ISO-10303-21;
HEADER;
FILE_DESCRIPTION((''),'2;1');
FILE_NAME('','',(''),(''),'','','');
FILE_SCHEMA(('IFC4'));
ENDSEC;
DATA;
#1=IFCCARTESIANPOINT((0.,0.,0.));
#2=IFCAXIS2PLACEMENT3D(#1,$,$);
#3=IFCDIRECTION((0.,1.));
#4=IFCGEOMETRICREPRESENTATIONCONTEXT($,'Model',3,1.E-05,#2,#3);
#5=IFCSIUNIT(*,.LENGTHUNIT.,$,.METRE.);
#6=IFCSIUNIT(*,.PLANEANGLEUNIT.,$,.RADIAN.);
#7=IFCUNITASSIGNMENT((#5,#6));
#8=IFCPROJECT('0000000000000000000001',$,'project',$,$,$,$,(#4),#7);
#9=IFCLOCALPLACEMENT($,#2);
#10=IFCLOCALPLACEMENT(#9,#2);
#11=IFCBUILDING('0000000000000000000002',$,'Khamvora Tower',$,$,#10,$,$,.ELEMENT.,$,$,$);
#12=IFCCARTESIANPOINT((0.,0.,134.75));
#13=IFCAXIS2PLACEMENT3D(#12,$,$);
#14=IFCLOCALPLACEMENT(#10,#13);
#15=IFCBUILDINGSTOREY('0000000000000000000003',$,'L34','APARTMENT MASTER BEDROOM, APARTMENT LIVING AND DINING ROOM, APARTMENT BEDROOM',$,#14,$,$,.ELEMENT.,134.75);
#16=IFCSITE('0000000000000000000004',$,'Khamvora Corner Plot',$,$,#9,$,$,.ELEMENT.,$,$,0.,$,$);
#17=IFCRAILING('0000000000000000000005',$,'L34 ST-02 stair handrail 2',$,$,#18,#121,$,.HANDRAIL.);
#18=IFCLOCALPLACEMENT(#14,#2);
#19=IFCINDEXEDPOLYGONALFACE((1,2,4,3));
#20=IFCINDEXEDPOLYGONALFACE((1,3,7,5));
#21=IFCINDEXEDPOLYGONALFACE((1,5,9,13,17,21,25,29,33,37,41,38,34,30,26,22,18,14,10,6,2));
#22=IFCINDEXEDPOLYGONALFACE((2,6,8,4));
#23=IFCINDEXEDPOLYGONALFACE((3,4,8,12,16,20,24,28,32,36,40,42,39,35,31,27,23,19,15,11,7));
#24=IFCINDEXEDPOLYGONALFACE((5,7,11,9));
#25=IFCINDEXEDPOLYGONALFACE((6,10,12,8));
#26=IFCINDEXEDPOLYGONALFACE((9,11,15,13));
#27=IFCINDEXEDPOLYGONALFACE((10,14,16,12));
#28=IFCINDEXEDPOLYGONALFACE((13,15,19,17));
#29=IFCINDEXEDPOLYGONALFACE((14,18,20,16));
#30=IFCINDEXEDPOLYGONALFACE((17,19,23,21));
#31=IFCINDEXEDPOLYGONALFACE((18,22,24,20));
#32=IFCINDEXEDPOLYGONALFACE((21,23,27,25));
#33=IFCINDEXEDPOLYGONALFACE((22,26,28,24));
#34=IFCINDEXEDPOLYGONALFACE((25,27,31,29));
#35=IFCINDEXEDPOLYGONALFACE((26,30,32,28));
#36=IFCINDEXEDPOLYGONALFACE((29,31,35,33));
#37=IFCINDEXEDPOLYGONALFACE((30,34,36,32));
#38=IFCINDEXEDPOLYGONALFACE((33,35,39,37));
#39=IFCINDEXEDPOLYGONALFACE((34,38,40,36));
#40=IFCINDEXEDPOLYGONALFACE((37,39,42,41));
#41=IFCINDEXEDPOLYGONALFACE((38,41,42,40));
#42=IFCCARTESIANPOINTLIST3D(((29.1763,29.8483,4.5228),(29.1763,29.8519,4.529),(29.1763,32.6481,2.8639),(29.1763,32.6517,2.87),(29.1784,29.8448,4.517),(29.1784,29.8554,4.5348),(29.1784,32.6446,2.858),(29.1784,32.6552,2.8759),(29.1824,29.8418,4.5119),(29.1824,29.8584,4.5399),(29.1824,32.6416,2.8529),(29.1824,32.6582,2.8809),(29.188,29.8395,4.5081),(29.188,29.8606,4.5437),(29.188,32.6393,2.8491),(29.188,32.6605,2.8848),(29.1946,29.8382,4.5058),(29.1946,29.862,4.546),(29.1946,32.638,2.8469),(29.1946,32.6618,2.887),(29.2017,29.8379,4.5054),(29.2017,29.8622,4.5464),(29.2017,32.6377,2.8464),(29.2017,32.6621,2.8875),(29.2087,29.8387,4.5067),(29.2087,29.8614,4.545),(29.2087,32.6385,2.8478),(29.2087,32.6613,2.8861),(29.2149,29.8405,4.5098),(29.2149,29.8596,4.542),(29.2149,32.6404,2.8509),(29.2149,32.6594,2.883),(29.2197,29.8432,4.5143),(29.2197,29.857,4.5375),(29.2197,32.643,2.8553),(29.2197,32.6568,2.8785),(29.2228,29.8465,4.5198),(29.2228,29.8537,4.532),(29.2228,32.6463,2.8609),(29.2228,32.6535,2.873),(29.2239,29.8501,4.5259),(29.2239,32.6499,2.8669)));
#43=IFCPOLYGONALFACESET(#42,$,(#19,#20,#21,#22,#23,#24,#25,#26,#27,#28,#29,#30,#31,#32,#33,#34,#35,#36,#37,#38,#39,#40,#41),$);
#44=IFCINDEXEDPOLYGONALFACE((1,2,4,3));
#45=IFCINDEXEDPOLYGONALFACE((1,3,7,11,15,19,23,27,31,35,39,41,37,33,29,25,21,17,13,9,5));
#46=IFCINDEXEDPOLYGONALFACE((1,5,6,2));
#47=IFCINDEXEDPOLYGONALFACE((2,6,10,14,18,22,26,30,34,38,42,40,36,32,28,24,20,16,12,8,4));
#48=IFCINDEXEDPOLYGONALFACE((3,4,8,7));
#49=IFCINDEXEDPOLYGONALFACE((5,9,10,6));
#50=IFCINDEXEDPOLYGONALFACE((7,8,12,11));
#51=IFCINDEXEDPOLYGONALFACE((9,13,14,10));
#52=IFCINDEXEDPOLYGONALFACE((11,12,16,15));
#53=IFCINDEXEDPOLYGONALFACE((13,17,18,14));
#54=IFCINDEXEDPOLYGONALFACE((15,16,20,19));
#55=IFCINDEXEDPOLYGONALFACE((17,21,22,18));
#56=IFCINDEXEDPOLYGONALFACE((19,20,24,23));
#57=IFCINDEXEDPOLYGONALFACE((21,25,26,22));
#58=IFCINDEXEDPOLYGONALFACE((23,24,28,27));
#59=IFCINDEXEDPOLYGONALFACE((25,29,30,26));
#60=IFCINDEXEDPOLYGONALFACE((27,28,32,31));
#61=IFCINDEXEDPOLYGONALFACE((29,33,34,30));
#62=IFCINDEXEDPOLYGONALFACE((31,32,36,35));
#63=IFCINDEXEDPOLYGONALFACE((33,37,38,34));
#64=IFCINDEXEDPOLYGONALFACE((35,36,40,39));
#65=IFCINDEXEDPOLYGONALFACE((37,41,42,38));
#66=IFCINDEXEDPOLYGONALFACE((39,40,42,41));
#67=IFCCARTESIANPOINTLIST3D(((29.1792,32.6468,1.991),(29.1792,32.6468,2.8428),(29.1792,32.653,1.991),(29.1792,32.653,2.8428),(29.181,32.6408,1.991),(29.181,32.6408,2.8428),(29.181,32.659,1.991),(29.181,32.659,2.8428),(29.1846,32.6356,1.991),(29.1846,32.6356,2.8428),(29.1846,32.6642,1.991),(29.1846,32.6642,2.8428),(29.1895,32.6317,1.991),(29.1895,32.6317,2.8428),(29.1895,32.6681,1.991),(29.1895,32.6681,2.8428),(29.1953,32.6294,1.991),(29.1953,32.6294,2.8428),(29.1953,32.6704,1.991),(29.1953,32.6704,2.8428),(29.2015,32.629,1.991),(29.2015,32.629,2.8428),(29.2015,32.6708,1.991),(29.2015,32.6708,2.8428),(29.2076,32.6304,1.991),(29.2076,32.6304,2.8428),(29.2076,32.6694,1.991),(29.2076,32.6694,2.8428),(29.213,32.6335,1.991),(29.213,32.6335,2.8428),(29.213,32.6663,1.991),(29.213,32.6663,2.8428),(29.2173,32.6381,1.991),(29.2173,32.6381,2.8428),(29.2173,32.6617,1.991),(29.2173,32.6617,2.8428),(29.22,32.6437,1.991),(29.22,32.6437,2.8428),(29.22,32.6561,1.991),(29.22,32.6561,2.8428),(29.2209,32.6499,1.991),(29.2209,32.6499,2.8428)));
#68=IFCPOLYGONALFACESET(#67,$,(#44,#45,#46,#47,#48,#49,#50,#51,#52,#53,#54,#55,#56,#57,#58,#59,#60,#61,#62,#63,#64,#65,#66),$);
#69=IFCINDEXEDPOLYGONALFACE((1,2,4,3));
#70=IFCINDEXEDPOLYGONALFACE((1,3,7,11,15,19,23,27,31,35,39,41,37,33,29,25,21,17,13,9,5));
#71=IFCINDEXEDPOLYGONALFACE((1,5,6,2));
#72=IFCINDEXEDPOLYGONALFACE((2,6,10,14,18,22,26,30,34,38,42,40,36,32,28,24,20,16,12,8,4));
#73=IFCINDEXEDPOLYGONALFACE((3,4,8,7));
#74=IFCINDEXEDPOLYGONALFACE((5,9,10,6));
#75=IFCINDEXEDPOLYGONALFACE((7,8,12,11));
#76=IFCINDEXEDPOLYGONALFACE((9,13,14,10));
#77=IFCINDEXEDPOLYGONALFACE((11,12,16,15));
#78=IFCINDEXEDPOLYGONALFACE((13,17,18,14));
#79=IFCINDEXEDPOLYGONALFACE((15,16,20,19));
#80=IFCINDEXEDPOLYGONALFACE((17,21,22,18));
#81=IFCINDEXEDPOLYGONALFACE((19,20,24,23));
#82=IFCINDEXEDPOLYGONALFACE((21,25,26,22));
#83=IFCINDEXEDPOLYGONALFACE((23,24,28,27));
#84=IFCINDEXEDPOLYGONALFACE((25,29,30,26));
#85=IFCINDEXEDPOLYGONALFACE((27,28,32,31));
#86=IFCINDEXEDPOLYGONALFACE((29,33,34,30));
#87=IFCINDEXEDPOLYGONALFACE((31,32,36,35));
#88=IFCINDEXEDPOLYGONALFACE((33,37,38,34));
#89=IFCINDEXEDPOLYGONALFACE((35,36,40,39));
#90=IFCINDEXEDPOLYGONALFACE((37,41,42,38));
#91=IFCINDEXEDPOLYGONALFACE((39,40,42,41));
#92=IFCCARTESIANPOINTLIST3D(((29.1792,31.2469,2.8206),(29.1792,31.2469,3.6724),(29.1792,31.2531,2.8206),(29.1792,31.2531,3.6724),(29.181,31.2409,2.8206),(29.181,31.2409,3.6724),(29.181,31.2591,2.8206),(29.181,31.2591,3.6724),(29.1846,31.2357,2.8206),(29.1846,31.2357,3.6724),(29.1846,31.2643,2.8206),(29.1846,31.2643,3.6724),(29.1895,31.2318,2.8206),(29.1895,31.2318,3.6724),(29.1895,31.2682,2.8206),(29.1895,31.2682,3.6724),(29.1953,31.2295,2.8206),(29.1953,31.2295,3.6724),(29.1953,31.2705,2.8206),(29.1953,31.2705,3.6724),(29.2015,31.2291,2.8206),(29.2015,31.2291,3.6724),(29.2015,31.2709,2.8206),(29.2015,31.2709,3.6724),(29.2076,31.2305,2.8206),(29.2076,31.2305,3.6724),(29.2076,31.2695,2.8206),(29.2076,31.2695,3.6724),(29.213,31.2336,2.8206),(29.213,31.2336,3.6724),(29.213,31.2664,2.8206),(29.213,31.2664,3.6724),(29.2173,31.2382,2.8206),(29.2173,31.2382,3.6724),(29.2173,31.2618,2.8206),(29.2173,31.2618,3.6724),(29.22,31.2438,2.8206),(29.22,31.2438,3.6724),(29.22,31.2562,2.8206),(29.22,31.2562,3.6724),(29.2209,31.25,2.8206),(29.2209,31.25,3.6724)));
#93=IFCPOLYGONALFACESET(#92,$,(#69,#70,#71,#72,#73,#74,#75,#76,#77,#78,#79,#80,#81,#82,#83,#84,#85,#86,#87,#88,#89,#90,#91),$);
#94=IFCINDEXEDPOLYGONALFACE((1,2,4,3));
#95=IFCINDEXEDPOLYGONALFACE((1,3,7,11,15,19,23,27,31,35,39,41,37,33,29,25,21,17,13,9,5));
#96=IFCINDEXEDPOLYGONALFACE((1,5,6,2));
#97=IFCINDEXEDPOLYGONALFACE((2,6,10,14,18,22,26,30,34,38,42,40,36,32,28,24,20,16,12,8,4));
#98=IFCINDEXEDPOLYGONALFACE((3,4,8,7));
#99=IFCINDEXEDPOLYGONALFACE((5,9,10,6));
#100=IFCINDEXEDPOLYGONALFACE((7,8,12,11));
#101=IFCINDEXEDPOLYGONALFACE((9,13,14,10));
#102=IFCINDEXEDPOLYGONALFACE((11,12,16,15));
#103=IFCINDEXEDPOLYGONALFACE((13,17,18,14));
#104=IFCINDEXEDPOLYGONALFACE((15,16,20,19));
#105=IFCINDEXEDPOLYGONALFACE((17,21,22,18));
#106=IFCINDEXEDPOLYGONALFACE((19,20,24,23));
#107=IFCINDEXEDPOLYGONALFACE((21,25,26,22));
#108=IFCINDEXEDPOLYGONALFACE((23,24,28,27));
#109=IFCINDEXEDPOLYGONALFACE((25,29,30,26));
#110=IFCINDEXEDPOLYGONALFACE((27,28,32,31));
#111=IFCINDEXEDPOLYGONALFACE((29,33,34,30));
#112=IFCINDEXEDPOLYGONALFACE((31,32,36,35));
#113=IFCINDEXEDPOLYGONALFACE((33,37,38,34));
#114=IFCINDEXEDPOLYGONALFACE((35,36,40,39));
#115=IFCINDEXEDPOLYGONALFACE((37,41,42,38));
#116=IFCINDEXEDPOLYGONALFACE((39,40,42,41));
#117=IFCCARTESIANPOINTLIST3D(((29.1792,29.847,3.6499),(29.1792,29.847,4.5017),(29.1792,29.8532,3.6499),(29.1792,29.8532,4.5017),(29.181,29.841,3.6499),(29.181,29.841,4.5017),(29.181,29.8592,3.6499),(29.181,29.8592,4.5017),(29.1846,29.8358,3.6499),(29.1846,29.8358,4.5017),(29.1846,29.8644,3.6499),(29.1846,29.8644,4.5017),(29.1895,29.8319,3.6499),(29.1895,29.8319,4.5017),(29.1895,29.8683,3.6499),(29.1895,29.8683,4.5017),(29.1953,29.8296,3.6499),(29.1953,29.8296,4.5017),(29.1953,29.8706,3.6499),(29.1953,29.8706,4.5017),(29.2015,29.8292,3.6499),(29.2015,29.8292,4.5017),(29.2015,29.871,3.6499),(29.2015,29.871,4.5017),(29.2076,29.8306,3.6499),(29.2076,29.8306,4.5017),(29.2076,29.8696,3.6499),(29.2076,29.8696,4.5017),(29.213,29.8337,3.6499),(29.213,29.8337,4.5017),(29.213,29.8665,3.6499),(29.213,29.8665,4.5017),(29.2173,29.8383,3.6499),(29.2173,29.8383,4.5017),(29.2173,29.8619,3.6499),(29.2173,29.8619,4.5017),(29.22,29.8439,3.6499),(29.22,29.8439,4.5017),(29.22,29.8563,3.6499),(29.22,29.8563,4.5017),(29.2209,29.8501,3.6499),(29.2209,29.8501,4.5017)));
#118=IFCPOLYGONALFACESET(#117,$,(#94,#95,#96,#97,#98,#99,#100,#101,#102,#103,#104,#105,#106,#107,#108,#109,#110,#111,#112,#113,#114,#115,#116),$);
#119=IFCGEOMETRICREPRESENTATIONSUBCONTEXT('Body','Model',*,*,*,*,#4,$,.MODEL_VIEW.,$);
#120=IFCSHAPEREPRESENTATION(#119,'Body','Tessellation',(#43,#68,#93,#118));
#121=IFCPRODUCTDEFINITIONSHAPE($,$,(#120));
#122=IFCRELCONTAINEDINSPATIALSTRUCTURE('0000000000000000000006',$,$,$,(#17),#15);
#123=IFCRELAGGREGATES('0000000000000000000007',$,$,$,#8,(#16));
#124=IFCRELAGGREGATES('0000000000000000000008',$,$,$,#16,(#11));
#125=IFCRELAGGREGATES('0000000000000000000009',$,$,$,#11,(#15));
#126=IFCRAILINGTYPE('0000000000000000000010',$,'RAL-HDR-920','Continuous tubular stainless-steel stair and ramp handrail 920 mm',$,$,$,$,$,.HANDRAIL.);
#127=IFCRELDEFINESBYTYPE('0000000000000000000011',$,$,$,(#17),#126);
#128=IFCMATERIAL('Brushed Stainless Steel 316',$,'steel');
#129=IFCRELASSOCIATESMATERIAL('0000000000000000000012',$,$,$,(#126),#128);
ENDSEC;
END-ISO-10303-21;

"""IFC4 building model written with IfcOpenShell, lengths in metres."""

from ifc_helpers import new_model, si_unit, direction, frame, origin, origin_2d, place, context, subcontext, project, spatial, circle, extrude, material, type_object, element, save


model = new_model("IFC4")

# Units and contexts
model_context = context("Model", 3, precision=1e-05, world=origin(), true_north=direction((0.0, 1.0)))
body_context = subcontext(model_context, "Body", "Model", "MODEL_VIEW")
ifc_project = project(units=[si_unit("LENGTHUNIT", "METRE"), si_unit("PLANEANGLEUNIT", "RADIAN")], contexts=[model_context])

# Site, building, storey
site_placement = place(None, origin())
site = spatial("IfcSite", under=ifc_project, at=site_placement, Name="Khamvora Corner Plot", CompositionType="ELEMENT", RefElevation=0.0)
building_placement = place(site_placement, origin())
building = spatial("IfcBuilding", under=site, at=building_placement, Name="Khamvora Tower", CompositionType="ELEMENT")
storey_placement = place(building_placement, frame((0.0, 0.0, 134.75)))
storey = spatial("IfcBuildingStorey", under=building, at=storey_placement, Name="L34", Description="APARTMENT MASTER BEDROOM, APARTMENT LIVING AND DINING ROOM, APARTMENT BEDROOM", CompositionType="ELEMENT", Elevation=134.75)

# Railing
ifc_material_1 = material(Name="Brushed Stainless Steel 316", Category="steel")
railing_type_1 = type_object("IfcRailingType", Name="RAL-HDR-920", Description="Continuous tubular stainless-steel stair and ramp handrail 920 mm", PredefinedType="HANDRAIL", material=ifc_material_1)
railing_1_placement = place(storey_placement, frame((29.2, 32.6499, 1.991)))
element("IfcRailing", 1, at=railing_1_placement, inside=storey, type_object=railing_type_1, Name="L34 ST-02 stair handrail 2", PredefinedType="HANDRAIL", context=body_context, shape_type="SweptSolid", body=[
    extrude(circle(Radius=0.0239, at=origin_2d()), frame((0.0, 0.0, 0.876), z_axis=(0.0, -0.86032, 0.509755), x_axis=(1.0, 0.0, 0.0)), (0.0, 0.0, 1.0), 3.2544),
    extrude(circle(Radius=0.021, at=origin_2d()), origin(), (0.0, 0.0, 1.0), 0.8518),
    extrude(circle(Radius=0.021, at=origin_2d()), frame((0.0, -1.3999, 0.8296)), (0.0, 0.0, 1.0), 0.8518),
    extrude(circle(Radius=0.021, at=origin_2d()), frame((0.0, -2.7998, 1.6589)), (0.0, 0.0, 1.0), 0.8518),
])

save(model, "model.ifc")
